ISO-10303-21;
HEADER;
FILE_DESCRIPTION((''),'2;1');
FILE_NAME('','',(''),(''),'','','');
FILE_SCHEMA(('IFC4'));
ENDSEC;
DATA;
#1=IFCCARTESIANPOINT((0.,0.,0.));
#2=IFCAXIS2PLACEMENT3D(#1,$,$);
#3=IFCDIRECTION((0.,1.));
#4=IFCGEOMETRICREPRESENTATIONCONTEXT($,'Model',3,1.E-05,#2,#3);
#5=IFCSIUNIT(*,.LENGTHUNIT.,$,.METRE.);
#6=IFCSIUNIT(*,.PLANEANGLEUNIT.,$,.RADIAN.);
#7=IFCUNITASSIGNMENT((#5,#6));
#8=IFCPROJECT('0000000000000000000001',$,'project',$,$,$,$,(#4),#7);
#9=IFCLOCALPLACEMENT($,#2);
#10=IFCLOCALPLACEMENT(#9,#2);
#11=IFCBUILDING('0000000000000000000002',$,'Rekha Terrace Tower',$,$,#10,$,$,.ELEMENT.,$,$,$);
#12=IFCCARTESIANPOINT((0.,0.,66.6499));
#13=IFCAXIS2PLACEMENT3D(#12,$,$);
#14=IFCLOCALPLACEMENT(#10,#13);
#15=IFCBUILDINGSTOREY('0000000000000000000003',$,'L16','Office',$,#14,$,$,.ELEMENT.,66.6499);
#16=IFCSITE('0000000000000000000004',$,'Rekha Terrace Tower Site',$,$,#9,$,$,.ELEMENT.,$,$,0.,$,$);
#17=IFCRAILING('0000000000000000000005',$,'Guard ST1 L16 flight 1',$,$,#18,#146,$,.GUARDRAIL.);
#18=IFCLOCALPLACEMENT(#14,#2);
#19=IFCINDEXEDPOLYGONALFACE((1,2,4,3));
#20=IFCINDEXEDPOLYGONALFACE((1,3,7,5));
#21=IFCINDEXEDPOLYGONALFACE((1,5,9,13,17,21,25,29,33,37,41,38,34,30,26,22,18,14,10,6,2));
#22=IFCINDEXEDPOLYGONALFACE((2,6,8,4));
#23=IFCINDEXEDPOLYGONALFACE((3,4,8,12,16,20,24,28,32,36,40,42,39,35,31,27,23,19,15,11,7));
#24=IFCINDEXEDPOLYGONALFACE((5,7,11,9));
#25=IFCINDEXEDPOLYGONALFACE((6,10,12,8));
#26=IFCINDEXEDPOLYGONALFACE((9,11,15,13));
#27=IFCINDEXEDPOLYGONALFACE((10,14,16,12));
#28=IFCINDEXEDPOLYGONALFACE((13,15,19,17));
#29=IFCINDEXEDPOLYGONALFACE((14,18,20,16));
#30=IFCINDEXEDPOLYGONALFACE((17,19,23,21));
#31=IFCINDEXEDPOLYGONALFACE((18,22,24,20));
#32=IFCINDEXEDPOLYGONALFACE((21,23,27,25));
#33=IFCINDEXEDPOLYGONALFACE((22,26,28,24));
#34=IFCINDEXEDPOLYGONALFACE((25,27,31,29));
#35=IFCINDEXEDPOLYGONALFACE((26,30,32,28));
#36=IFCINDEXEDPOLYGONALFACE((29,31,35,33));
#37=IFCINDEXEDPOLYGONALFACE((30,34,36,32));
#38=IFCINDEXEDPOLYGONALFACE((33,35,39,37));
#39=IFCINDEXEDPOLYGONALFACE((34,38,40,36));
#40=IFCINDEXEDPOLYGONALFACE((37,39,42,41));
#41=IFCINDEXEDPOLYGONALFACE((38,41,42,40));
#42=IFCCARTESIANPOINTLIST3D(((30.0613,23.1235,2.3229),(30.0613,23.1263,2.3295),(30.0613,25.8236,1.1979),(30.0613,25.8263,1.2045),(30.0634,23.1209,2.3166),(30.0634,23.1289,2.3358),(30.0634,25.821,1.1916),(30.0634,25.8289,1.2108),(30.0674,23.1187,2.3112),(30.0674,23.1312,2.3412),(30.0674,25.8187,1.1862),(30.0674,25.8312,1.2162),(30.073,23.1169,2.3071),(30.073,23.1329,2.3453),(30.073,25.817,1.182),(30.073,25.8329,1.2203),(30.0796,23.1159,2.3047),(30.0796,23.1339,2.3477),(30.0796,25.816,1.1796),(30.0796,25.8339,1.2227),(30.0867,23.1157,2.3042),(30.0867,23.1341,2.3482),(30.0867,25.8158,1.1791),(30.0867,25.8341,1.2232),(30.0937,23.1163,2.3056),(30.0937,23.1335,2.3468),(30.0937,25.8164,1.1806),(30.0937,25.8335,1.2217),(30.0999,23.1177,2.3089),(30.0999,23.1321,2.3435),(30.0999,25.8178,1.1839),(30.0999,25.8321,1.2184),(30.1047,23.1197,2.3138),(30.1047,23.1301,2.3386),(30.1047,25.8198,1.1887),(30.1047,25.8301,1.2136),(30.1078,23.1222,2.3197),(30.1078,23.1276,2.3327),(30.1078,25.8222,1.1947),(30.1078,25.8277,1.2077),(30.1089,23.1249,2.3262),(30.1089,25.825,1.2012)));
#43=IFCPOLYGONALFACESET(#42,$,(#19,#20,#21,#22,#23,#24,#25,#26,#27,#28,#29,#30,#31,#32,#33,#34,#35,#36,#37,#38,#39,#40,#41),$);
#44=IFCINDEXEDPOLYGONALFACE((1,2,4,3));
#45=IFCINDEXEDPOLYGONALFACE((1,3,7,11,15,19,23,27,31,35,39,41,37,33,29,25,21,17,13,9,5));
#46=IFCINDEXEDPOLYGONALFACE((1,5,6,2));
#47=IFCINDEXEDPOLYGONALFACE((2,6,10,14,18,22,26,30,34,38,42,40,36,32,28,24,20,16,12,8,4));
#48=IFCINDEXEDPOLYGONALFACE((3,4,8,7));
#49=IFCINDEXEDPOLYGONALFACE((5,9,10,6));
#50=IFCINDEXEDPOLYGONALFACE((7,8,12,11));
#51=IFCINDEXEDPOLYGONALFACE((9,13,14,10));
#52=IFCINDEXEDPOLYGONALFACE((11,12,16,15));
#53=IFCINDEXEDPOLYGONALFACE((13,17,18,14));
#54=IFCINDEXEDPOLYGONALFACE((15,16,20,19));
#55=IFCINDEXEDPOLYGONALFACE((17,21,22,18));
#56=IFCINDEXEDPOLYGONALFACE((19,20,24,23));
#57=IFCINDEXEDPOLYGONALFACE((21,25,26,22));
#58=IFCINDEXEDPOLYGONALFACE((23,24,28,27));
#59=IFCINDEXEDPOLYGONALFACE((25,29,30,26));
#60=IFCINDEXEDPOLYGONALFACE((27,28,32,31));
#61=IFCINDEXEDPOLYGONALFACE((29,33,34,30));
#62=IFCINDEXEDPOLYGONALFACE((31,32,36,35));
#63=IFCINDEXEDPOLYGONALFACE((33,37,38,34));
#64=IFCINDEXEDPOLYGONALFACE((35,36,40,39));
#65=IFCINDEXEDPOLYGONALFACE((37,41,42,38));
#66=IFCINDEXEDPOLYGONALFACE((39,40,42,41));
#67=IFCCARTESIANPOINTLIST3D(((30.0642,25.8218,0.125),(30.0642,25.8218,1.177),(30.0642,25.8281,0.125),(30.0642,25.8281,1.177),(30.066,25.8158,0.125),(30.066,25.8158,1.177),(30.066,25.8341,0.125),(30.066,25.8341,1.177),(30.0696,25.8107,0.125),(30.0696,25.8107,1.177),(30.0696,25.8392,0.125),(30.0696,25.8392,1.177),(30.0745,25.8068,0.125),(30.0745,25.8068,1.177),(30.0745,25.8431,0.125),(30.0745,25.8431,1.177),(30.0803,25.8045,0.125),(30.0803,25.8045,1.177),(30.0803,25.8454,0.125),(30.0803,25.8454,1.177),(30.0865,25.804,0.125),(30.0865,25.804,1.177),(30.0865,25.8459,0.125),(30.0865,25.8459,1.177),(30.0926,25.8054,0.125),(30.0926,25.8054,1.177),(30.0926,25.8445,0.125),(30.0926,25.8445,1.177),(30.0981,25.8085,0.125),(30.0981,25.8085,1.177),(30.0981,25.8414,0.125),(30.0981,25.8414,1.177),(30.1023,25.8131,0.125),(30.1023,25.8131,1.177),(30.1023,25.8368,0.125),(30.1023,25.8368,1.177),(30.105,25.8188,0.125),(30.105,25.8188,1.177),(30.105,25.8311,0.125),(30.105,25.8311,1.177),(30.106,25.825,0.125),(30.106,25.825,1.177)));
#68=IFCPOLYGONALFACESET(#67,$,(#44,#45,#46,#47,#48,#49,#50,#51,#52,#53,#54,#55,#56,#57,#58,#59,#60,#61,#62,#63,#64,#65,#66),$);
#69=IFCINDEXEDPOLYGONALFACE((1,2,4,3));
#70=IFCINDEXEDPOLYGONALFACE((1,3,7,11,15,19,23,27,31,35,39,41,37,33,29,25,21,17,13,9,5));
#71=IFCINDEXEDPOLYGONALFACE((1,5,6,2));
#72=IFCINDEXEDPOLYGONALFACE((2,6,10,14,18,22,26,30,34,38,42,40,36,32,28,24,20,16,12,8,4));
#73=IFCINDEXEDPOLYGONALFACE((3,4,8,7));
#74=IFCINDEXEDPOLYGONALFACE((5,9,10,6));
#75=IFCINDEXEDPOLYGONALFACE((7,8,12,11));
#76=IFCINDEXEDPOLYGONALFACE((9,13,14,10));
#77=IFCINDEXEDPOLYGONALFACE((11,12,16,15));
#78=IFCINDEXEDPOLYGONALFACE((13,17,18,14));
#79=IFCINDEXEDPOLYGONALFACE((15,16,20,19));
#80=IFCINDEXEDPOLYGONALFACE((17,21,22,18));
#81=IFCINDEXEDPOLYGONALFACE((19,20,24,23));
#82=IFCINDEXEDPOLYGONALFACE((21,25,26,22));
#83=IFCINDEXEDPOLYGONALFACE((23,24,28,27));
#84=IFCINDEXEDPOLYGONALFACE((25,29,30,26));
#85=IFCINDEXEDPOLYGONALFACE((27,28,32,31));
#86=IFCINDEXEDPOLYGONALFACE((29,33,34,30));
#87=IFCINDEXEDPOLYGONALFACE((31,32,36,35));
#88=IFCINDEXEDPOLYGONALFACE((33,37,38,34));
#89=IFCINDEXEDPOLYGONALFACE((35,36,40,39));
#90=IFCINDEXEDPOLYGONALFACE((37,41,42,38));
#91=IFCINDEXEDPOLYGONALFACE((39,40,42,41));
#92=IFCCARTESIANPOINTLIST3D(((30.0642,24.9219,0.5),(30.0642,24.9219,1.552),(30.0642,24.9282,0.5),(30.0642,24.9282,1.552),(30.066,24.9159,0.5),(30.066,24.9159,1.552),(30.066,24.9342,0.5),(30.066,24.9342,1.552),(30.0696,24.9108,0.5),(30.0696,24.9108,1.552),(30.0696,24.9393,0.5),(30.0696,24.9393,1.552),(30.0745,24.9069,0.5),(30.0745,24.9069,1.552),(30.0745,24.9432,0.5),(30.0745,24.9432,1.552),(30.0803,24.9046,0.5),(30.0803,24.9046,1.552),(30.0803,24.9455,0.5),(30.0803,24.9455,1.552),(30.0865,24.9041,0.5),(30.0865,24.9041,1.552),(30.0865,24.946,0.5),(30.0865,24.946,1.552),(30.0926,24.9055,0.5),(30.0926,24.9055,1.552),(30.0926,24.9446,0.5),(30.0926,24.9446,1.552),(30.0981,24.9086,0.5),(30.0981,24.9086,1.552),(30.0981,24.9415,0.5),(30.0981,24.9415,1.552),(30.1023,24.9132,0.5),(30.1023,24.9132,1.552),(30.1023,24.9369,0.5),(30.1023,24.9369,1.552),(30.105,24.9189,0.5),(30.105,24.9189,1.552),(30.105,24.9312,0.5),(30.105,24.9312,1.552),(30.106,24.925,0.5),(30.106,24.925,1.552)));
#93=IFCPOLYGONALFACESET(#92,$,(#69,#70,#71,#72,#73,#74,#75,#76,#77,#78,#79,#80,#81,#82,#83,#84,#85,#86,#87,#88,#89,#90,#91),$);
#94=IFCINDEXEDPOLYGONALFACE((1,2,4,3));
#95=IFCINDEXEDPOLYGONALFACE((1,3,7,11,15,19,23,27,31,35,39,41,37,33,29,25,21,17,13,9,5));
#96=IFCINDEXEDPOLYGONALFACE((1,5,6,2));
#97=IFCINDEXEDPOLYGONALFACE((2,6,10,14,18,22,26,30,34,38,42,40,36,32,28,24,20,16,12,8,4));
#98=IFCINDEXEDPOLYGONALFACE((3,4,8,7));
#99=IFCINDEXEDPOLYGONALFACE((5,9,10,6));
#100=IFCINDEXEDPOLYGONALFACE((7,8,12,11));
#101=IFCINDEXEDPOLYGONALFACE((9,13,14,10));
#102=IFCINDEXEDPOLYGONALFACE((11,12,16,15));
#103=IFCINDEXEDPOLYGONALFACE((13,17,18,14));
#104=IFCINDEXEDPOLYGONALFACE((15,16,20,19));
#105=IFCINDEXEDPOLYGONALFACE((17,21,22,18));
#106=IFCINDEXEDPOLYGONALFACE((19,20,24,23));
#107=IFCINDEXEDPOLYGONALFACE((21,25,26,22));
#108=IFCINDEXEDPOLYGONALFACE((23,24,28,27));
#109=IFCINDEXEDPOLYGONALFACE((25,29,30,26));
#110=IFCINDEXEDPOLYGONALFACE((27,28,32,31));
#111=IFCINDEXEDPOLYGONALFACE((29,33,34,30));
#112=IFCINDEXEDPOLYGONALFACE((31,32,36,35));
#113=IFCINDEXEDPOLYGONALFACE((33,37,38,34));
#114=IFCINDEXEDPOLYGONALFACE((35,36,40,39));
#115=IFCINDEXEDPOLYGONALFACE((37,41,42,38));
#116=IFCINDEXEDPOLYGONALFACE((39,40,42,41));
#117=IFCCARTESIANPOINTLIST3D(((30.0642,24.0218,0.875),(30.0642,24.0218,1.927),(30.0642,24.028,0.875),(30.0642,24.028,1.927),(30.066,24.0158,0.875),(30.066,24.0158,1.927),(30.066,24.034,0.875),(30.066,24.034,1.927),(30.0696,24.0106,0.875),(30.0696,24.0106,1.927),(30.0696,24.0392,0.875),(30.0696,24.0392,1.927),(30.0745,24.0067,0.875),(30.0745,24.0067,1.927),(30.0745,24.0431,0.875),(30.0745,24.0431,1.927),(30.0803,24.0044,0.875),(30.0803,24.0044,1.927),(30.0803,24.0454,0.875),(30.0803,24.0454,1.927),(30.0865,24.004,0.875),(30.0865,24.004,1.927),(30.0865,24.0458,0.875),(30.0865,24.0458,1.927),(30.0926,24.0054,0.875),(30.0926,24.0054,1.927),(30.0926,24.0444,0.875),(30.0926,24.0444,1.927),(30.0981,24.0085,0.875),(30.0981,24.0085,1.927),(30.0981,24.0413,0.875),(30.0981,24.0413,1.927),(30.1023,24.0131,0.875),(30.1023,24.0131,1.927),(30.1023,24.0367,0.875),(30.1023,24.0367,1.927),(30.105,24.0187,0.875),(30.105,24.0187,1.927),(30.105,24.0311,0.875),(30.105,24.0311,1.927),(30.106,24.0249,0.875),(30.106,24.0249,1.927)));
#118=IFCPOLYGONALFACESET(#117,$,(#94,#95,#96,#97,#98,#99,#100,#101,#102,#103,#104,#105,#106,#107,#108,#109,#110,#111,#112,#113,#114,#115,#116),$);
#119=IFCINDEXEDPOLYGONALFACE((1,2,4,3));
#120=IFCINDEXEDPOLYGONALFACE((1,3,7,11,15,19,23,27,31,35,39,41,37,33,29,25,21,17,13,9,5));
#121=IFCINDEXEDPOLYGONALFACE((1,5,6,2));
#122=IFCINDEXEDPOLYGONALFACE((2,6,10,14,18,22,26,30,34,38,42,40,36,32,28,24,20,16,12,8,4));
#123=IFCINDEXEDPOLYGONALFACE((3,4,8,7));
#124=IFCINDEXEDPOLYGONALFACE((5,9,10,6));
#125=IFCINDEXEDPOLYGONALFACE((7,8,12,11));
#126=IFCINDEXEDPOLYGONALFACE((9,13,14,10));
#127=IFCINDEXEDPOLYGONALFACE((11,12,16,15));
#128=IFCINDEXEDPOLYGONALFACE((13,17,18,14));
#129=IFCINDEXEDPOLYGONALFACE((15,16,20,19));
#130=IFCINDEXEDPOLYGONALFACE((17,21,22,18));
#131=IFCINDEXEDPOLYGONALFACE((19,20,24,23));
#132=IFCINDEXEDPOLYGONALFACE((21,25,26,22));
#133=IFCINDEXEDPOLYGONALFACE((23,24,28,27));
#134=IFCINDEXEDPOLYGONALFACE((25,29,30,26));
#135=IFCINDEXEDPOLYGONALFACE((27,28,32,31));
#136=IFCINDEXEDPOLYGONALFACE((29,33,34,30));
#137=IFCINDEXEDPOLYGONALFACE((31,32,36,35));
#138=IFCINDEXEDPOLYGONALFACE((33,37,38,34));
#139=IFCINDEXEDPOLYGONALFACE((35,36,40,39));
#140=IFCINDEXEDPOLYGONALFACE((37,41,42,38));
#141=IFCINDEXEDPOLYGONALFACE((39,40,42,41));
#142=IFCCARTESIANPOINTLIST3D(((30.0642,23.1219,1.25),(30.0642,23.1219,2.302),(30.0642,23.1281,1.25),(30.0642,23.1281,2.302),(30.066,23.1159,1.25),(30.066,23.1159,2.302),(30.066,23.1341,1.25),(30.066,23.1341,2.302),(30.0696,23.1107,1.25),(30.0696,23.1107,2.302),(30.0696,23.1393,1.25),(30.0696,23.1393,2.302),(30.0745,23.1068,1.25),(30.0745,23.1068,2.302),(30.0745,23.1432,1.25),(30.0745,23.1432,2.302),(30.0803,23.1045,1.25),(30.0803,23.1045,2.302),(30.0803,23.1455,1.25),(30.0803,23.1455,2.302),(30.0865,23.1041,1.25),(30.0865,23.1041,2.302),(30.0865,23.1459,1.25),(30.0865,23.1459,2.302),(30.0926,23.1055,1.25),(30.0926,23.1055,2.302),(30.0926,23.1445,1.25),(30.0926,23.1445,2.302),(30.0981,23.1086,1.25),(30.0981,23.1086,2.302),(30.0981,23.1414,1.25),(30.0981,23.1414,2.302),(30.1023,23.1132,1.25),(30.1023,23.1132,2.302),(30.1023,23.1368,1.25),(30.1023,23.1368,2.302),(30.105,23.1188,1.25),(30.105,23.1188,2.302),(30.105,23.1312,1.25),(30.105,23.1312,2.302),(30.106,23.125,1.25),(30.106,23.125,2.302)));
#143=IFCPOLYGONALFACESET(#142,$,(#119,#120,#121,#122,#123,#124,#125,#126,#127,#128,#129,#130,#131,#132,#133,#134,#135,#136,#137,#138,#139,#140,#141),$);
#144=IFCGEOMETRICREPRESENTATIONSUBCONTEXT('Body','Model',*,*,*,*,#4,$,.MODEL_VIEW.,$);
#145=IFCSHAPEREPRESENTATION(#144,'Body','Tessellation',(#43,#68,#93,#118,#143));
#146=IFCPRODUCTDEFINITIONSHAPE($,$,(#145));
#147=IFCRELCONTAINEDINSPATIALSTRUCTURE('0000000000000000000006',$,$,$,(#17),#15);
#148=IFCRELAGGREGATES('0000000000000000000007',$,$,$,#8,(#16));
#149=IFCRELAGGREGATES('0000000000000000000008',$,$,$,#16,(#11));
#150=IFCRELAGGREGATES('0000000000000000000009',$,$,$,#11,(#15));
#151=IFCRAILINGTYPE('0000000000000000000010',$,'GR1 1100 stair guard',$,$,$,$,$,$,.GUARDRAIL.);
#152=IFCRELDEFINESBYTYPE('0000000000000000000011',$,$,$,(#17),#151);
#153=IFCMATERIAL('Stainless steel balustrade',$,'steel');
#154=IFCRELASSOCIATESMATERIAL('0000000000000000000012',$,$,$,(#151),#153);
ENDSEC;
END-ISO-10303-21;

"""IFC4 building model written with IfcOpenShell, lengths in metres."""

from ifc_helpers import new_model, si_unit, direction, frame, origin, origin_2d, place, context, subcontext, project, spatial, circle, extrude, material, type_object, element, save


model = new_model("IFC4")

# Units and contexts
model_context = context("Model", 3, precision=1e-05, world=origin(), true_north=direction((0.0, 1.0)))
body_context = subcontext(model_context, "Body", "Model", "MODEL_VIEW")
ifc_project = project(units=[si_unit("LENGTHUNIT", "METRE"), si_unit("PLANEANGLEUNIT", "RADIAN")], contexts=[model_context])

# Site, building, storey
site_placement = place(None, origin())
site = spatial("IfcSite", under=ifc_project, at=site_placement, Name="Rekha Terrace Tower Site", CompositionType="ELEMENT", RefElevation=0.0)
building_placement = place(site_placement, origin())
building = spatial("IfcBuilding", under=site, at=building_placement, Name="Rekha Terrace Tower", CompositionType="ELEMENT")
storey_placement = place(building_placement, frame((0.0, 0.0, 66.6499)))
storey = spatial("IfcBuildingStorey", under=building, at=storey_placement, Name="L16", Description="Office", CompositionType="ELEMENT", Elevation=66.6499)

# Railing
ifc_material_1 = material(Name="Stainless steel balustrade", Category="steel")
railing_type_1 = type_object("IfcRailingType", Name="GR1 1100 stair guard", PredefinedType="GUARDRAIL", material=ifc_material_1)
railing_1_placement = place(storey_placement, frame((30.085, 25.825, 0.125)))
element("IfcRailing", 1, at=railing_1_placement, inside=storey, type_object=railing_type_1, Name="Guard ST1 L16 flight 1", PredefinedType="GUARDRAIL", context=body_context, shape_type="SweptSolid", body=[
    extrude(circle(Radius=0.0239, at=origin_2d()), frame((0.0, 0.0, 1.0762), z_axis=(0.0, -0.923074, 0.384621), x_axis=(1.0, 0.0, 0.0)), (0.0, 0.0, 1.0), 2.925),
    extrude(circle(Radius=0.021, at=origin_2d()), origin(), (0.0, 0.0, 1.0), 1.052),
    extrude(circle(Radius=0.021, at=origin_2d()), frame((0.0, -0.8999, 0.375)), (0.0, 0.0, 1.0), 1.052),
    extrude(circle(Radius=0.021, at=origin_2d()), frame((0.0, -1.8, 0.75)), (0.0, 0.0, 1.0), 1.052),
    extrude(circle(Radius=0.021, at=origin_2d()), frame((0.0, -2.7, 1.125)), (0.0, 0.0, 1.0), 1.052),
])

save(model, "model.ifc")
